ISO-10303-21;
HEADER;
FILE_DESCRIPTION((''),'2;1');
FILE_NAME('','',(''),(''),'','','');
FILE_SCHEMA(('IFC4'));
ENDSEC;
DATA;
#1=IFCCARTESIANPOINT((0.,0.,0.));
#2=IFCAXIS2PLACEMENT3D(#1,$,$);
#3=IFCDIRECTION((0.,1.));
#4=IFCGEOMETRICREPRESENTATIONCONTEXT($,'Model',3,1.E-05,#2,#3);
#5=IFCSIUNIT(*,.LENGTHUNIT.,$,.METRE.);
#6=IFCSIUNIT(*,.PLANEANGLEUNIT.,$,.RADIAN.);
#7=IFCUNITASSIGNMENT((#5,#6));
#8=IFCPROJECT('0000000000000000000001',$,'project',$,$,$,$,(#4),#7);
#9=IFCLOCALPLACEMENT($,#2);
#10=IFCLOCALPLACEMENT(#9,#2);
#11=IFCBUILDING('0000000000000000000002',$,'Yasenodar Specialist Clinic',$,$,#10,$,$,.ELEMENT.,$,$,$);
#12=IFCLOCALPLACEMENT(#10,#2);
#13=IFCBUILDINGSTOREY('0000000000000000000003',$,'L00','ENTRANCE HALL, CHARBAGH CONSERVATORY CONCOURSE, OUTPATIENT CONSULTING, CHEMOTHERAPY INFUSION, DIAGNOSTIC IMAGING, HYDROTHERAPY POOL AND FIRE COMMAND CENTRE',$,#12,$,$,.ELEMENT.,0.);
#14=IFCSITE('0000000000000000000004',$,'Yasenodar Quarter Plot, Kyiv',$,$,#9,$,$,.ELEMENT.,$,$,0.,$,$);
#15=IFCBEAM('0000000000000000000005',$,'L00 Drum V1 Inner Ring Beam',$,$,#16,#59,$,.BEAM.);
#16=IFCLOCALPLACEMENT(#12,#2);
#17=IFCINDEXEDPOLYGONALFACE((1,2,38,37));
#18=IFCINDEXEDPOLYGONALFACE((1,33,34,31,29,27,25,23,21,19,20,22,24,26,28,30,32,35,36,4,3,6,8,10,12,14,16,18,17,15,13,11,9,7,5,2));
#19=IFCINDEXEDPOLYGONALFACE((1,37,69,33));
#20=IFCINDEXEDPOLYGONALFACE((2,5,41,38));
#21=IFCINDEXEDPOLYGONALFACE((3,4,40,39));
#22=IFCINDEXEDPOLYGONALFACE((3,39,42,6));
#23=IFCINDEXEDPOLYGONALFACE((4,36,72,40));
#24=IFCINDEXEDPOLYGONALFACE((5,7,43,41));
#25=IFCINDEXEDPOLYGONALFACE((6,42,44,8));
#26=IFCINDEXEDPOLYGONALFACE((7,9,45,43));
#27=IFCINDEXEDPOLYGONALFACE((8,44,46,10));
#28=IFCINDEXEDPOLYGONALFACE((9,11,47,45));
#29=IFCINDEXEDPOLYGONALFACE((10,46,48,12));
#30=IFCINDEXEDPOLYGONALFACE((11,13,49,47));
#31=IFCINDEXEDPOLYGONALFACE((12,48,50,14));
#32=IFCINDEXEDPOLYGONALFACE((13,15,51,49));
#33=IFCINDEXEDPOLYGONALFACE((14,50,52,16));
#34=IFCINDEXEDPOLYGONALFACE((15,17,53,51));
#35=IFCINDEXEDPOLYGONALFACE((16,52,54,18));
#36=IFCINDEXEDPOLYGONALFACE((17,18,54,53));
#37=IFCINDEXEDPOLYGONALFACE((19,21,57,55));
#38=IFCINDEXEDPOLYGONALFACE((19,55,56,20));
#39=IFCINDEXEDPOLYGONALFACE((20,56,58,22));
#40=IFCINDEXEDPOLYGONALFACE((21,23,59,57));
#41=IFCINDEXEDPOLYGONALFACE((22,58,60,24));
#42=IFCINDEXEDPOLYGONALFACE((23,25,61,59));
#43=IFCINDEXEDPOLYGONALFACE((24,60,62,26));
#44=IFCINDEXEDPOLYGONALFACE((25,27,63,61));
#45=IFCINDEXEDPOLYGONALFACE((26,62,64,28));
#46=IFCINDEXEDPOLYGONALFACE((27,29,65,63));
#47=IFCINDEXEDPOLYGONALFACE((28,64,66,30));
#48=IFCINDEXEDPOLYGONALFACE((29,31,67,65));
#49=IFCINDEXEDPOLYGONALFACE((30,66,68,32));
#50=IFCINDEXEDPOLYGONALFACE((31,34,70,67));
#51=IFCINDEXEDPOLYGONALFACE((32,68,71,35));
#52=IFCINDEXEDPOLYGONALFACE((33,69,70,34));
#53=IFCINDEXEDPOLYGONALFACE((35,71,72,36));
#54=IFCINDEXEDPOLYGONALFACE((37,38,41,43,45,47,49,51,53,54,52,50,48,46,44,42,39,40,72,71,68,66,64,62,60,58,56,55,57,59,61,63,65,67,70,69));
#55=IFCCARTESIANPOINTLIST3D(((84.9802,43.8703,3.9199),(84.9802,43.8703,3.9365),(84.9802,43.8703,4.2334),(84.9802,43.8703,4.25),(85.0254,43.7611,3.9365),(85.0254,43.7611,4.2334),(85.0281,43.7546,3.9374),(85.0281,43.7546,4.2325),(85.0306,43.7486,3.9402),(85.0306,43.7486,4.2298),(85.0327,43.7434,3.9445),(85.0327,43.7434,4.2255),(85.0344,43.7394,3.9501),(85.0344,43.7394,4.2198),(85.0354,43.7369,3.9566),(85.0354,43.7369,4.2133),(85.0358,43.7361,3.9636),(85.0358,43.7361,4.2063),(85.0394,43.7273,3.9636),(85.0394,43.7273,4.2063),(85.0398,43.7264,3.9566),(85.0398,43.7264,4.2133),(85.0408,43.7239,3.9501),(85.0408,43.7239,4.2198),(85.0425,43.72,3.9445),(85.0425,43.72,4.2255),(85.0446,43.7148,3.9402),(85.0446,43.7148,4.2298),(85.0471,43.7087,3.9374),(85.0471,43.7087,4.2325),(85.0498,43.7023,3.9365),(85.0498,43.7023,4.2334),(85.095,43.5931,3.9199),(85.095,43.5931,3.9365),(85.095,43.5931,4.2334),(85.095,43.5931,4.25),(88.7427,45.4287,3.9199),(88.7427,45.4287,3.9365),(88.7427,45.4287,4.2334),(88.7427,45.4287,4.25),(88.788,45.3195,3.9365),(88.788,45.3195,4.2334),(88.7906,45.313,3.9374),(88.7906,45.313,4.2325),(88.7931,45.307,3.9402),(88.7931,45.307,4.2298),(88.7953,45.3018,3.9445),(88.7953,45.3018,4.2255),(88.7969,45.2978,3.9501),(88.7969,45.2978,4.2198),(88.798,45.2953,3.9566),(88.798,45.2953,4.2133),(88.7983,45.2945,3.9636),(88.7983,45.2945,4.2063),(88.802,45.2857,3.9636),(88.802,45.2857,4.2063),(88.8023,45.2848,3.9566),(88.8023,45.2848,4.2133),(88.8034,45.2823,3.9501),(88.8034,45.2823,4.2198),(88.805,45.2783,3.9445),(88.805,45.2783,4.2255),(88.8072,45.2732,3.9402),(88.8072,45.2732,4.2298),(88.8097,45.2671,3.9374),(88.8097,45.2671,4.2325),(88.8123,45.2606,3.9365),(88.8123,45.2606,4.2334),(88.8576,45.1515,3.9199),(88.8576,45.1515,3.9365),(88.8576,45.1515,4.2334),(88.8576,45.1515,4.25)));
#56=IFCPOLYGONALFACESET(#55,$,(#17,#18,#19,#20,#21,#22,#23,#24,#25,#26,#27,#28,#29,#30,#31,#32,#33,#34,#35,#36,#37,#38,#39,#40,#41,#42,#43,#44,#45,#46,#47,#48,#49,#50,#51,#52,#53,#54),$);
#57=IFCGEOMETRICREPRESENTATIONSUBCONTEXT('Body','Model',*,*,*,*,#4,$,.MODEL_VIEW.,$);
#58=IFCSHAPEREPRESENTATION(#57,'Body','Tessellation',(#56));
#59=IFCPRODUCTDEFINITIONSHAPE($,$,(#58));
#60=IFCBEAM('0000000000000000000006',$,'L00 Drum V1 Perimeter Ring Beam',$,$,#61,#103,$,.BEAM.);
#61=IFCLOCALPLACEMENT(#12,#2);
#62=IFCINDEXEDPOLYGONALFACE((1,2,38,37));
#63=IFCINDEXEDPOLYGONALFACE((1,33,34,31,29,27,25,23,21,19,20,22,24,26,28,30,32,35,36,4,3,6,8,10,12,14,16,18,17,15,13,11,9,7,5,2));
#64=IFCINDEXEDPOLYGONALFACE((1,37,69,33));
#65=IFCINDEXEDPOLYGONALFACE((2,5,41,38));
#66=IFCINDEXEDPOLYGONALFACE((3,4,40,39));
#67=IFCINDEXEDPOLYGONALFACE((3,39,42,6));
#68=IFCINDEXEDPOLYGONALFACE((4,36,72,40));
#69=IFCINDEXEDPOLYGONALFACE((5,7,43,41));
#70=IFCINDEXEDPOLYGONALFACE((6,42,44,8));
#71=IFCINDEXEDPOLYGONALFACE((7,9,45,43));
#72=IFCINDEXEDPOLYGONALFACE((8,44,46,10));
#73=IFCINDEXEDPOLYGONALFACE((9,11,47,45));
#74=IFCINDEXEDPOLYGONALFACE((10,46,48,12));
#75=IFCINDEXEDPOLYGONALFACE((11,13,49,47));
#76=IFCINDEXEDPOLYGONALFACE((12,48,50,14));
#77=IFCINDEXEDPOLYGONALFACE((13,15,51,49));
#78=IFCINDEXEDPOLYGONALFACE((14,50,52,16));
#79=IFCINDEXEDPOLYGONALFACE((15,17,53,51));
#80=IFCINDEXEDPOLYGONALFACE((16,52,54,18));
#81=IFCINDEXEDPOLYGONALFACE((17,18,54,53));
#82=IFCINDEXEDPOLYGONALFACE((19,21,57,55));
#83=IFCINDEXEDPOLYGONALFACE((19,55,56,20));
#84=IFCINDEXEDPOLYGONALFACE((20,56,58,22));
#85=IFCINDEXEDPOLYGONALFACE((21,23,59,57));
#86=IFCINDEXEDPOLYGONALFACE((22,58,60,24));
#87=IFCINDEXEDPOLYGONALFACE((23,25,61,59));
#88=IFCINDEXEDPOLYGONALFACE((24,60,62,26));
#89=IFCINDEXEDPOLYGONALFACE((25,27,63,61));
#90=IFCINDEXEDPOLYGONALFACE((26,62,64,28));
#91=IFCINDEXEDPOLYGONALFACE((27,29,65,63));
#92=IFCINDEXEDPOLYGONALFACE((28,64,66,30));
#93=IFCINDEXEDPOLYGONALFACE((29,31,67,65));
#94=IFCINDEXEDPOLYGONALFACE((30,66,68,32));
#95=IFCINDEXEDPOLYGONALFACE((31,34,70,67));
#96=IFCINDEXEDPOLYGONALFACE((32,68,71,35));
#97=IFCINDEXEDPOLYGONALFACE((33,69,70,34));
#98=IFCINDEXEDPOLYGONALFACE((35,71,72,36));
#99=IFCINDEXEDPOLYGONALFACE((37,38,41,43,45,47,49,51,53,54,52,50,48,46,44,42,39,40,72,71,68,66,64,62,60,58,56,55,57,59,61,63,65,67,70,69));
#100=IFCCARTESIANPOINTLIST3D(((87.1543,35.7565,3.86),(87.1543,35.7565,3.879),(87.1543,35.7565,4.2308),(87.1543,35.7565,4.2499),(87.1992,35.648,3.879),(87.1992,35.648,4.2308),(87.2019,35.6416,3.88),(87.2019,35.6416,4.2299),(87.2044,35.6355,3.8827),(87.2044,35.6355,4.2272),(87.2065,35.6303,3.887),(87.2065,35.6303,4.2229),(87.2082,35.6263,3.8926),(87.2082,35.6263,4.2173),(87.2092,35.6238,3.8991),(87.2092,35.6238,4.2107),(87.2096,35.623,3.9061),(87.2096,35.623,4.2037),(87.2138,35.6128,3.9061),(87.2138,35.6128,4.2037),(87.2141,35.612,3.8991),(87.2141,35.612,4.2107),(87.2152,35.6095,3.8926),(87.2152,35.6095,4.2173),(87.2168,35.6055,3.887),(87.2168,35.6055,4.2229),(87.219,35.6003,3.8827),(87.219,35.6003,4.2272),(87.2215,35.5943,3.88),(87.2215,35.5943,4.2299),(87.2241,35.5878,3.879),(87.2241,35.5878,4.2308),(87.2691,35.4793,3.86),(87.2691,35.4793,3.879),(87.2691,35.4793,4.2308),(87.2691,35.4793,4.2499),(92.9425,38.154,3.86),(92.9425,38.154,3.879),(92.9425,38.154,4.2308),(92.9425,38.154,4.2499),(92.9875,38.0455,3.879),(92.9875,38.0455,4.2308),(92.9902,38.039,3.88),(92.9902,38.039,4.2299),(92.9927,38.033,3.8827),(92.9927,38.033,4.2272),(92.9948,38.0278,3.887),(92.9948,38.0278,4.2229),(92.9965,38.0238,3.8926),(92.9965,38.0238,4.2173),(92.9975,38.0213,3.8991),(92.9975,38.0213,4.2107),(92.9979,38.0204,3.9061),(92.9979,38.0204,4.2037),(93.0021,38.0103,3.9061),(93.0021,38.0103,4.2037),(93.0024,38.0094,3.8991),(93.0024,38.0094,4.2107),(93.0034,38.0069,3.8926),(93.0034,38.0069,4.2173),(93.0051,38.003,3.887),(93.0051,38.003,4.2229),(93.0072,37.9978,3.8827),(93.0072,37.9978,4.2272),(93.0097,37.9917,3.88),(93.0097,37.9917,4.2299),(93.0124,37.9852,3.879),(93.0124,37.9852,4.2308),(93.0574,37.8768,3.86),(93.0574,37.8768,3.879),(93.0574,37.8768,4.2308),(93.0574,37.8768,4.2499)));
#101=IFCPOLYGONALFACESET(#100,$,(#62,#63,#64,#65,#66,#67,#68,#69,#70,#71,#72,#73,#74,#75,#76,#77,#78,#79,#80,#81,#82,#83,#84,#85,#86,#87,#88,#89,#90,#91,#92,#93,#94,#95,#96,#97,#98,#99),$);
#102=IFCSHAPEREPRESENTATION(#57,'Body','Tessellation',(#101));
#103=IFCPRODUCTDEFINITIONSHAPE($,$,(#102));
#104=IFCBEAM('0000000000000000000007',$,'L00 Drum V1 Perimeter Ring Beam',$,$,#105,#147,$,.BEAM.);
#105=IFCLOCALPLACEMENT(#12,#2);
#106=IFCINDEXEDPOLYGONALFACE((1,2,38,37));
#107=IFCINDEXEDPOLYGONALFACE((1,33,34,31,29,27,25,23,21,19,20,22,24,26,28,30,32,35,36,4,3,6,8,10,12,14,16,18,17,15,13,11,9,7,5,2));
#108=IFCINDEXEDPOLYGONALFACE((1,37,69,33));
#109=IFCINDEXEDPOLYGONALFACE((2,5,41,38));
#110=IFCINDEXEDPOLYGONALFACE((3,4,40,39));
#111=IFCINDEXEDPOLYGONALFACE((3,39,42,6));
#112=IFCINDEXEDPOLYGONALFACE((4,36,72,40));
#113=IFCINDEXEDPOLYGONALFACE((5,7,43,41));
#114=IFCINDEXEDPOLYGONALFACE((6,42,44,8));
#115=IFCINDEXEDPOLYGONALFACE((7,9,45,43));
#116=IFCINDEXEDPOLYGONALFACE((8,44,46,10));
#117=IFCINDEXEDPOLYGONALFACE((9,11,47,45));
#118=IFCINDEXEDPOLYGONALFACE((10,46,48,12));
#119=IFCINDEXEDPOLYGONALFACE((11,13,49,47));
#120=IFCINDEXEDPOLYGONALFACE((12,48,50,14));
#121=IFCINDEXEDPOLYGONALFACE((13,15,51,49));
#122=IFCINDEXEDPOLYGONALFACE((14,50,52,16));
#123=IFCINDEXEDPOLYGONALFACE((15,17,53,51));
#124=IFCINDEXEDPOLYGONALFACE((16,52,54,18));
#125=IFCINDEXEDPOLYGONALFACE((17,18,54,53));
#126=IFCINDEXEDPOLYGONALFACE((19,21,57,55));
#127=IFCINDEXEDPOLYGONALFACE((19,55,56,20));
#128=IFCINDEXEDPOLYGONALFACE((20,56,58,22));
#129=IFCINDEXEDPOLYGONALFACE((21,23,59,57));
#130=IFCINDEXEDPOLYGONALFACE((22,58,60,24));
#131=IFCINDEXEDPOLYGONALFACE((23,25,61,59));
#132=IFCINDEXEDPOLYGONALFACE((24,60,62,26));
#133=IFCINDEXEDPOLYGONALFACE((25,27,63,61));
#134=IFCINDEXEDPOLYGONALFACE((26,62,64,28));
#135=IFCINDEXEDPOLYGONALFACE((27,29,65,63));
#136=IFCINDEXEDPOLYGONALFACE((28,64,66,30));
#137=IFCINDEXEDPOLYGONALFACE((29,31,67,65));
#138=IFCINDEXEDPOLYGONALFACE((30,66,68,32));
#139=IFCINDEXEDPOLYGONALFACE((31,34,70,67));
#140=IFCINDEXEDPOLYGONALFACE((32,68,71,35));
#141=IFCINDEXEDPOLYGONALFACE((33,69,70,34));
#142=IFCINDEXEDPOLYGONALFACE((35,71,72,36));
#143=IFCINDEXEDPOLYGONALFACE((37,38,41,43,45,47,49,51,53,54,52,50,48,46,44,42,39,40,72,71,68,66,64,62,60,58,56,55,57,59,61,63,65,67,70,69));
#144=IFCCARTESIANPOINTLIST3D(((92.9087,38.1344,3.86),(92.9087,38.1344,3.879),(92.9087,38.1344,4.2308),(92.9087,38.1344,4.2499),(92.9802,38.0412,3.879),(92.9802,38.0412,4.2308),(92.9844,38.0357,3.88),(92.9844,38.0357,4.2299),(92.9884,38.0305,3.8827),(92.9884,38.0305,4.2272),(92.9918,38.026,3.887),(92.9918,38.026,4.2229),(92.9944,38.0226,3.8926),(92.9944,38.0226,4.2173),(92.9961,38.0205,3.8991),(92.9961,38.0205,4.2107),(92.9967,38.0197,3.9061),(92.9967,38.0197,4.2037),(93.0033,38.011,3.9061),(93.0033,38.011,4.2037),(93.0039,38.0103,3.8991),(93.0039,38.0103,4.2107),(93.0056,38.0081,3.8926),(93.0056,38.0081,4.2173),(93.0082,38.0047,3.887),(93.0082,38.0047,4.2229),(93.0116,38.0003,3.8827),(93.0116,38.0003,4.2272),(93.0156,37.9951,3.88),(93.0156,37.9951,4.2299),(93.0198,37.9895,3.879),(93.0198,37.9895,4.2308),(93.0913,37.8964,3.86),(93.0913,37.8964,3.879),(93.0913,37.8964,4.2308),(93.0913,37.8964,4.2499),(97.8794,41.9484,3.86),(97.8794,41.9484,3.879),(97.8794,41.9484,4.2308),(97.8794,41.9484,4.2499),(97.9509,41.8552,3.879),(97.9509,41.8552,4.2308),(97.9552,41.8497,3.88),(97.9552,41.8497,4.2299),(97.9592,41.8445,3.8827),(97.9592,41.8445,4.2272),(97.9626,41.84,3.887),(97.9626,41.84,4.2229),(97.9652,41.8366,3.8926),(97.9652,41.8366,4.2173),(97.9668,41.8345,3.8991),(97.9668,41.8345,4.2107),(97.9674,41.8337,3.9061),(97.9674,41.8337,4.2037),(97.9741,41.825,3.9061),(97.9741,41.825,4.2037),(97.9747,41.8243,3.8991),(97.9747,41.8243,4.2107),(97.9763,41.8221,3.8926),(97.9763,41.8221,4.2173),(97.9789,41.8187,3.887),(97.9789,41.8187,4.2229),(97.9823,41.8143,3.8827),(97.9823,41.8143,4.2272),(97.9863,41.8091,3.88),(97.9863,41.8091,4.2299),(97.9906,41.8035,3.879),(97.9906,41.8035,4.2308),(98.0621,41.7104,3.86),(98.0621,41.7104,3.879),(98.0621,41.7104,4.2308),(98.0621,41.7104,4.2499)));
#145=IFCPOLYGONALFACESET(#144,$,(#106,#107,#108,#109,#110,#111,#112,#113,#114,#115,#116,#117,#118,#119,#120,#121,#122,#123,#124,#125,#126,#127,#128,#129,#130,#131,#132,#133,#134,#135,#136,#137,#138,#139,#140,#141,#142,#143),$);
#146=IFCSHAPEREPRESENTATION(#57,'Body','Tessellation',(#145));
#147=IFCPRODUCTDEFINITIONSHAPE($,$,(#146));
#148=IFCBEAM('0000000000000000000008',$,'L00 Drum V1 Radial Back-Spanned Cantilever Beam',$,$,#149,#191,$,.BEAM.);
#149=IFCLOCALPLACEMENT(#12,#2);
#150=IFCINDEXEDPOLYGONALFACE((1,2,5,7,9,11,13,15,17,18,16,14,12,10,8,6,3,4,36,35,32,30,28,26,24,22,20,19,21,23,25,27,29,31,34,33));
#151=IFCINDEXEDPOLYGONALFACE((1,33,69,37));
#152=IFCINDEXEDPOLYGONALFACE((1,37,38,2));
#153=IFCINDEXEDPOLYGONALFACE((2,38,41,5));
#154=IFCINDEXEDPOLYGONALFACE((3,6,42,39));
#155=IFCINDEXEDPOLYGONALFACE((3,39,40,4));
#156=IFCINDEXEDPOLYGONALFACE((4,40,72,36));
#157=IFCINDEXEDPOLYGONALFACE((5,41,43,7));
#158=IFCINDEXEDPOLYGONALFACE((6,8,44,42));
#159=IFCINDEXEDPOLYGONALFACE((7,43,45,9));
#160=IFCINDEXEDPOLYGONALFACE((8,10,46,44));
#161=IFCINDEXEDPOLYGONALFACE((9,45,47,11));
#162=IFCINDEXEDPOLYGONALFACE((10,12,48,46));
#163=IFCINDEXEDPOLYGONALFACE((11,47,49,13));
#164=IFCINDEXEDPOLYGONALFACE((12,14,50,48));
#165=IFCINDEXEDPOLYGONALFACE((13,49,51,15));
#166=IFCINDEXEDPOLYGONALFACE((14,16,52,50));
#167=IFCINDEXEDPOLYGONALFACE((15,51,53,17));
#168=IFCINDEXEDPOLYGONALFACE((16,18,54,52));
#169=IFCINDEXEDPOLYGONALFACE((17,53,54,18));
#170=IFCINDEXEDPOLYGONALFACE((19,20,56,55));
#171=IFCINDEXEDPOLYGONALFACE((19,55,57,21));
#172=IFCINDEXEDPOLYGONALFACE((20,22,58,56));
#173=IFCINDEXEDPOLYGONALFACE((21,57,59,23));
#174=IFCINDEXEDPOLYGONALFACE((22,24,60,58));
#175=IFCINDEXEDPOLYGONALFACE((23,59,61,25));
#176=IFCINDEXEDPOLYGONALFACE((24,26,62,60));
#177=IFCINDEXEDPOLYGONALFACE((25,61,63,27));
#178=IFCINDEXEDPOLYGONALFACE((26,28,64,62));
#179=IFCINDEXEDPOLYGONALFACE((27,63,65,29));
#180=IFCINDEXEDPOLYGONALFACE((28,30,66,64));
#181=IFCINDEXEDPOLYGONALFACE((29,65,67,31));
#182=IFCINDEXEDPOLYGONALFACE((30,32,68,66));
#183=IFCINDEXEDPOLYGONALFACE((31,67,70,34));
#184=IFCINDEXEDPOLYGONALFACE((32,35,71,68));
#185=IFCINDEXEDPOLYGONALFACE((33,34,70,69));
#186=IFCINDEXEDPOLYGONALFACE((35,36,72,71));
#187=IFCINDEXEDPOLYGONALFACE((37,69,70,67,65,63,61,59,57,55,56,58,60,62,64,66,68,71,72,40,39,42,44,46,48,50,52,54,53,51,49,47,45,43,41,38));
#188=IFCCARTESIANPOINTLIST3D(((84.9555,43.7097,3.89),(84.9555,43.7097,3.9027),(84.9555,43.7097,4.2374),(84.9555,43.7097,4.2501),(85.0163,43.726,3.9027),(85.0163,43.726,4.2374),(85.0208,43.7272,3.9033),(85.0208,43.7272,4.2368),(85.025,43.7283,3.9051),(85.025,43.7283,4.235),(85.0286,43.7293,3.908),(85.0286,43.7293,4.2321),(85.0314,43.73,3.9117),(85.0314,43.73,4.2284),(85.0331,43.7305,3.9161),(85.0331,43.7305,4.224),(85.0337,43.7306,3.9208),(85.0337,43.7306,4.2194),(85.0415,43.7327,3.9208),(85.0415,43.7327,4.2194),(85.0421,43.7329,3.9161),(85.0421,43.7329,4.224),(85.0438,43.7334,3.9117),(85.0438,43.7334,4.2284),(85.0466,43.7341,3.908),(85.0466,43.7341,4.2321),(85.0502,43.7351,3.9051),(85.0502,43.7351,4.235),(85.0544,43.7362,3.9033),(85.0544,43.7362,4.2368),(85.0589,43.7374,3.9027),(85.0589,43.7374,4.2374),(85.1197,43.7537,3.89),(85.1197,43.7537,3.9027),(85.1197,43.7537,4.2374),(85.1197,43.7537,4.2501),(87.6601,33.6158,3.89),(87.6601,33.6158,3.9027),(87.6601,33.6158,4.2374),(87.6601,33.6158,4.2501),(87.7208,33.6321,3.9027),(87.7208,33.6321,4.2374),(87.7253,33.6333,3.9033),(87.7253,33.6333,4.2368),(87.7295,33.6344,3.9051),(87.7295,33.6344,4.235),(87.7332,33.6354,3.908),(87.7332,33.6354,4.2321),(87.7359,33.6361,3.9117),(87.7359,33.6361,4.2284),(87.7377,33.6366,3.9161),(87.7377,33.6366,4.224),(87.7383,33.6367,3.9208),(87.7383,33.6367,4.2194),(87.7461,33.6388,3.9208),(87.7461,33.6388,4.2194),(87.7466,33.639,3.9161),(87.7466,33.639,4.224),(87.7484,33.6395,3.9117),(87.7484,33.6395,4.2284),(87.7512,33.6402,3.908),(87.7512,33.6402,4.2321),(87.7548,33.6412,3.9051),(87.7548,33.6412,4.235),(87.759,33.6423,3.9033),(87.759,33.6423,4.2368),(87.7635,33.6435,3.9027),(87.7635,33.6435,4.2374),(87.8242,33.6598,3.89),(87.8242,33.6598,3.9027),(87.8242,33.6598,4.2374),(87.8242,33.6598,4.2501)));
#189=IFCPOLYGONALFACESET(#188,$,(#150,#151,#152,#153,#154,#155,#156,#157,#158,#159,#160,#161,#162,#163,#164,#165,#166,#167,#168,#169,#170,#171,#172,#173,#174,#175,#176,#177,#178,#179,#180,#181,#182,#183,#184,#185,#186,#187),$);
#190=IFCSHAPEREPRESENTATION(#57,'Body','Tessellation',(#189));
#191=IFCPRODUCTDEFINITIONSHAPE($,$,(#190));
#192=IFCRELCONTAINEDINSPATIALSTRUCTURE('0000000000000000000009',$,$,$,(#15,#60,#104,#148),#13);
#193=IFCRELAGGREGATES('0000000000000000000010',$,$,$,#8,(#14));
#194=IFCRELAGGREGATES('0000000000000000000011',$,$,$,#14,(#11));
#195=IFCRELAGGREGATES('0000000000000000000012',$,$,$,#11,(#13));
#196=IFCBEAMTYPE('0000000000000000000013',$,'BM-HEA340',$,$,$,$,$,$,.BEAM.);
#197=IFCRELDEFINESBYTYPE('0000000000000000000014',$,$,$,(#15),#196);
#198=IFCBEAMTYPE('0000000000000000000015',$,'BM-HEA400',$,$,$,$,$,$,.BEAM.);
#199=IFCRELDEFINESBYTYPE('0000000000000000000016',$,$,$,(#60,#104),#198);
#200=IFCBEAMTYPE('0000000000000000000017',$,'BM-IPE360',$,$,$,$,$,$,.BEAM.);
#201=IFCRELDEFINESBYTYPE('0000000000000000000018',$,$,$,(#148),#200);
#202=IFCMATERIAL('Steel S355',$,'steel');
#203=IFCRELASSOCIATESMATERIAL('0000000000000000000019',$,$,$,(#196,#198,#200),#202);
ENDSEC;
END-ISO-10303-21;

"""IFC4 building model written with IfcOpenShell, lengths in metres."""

from ifc_helpers import new_model, si_unit, direction, frame, origin, origin_2d, place, context, subcontext, project, spatial, i_section, extrude, material, material_profile, profile_set, type_object, element, save


model = new_model("IFC4")

# Units and contexts
model_context = context("Model", 3, precision=1e-05, world=origin(), true_north=direction((0.0, 1.0)))
body_context = subcontext(model_context, "Body", "Model", "MODEL_VIEW")
ifc_project = project(units=[si_unit("LENGTHUNIT", "METRE"), si_unit("PLANEANGLEUNIT", "RADIAN")], contexts=[model_context])

# Site, building, storey
site_placement = place(None, origin())
site = spatial("IfcSite", under=ifc_project, at=site_placement, Name="Yasenodar Quarter Plot, Kyiv", CompositionType="ELEMENT", RefElevation=0.0)
building_placement = place(site_placement, origin())
building = spatial("IfcBuilding", under=site, at=building_placement, Name="Yasenodar Specialist Clinic", CompositionType="ELEMENT")
storey_placement = place(building_placement, origin())
storey = spatial("IfcBuildingStorey", under=building, at=storey_placement, Name="L00", Description="ENTRANCE HALL, CHARBAGH CONSERVATORY CONCOURSE, OUTPATIENT CONSULTING, CHEMOTHERAPY INFUSION, DIAGNOSTIC IMAGING, HYDROTHERAPY POOL AND FIRE COMMAND CENTRE", CompositionType="ELEMENT", Elevation=0.0)

# Shared definitions
ifc_material_1 = material(Name="Steel S355", Category="steel")

# Beams
ifc_material_profile_1 = material_profile(ifc_material_1, i_section(OverallWidth=0.3, OverallDepth=0.3301, WebThickness=0.0095, FlangeThickness=0.0166, FilletRadius=0.0271, at=origin_2d()), Name="HEA 340")
ifc_profile_set_1 = profile_set([ifc_material_profile_1], Name="Steel S355")
beam_type_1 = type_object("IfcBeamType", Name="BM-HEA340", PredefinedType="BEAM", material=ifc_profile_set_1)
beam_1_placement = place(storey_placement, frame((85.0376, 43.7317, 4.085), z_axis=(0.923889, 0.382661, 0.0), x_axis=(-0.382661, 0.923889, 0.0)))
element("IfcBeam", 1, at=beam_1_placement, inside=storey, type_object=beam_type_1, Name="L00 Drum V1 Inner Ring Beam", PredefinedType="BEAM", context=body_context, shape_type="SweptSolid", body=[
    extrude(i_section(OverallWidth=0.3, OverallDepth=0.3301, WebThickness=0.0095, FlangeThickness=0.0166, FilletRadius=0.0271, at=origin_2d()), origin(), (0.0, 0.0, 1.0), 4.0725),
])
ifc_material_profile_2 = material_profile(ifc_material_1, i_section(OverallWidth=0.3, OverallDepth=0.3899, WebThickness=0.011, FlangeThickness=0.019, FilletRadius=0.0271, at=origin_2d()), Name="HEA 400")
ifc_profile_set_2 = profile_set([ifc_material_profile_2], Name="Steel S355")
beam_type_2 = type_object("IfcBeamType", Name="BM-HEA400", PredefinedType="BEAM", material=ifc_profile_set_2)
beam_2_placement = place(storey_placement, frame((87.2117, 35.6179, 4.0549), z_axis=(0.923888, 0.382664, 0.0), x_axis=(-0.382664, 0.923888, 0.0)))
element("IfcBeam", 2, at=beam_2_placement, inside=storey, type_object=beam_type_2, Name="L00 Drum V1 Perimeter Ring Beam", PredefinedType="BEAM", context=body_context, shape_type="SweptSolid", body=[
    extrude(i_section(OverallWidth=0.3, OverallDepth=0.3899, WebThickness=0.011, FlangeThickness=0.019, FilletRadius=0.0271, at=origin_2d()), origin(), (0.0, 0.0, 1.0), 6.2651),
])
beam_3_placement = place(storey_placement, frame((93.0, 38.0154, 4.0549), z_axis=(0.793368, 0.608742, 0.0), x_axis=(-0.608742, 0.793368, 0.0)))
element("IfcBeam", 3, at=beam_3_placement, inside=storey, type_object=beam_type_2, Name="L00 Drum V1 Perimeter Ring Beam", PredefinedType="BEAM", context=body_context, shape_type="SweptSolid", body=[
    extrude(i_section(OverallWidth=0.3, OverallDepth=0.3899, WebThickness=0.011, FlangeThickness=0.019, FilletRadius=0.0271, at=origin_2d()), origin(), (0.0, 0.0, 1.0), 6.2654),
])
ifc_material_profile_3 = material_profile(ifc_material_1, i_section(OverallWidth=0.1699, OverallDepth=0.3601, WebThickness=0.0081, FlangeThickness=0.0127, FilletRadius=0.0181, at=origin_2d()), Name="IPE 360")
ifc_profile_set_3 = profile_set([ifc_material_profile_3], Name="Steel S355")
beam_type_3 = type_object("IfcBeamType", Name="BM-IPE360", PredefinedType="BEAM", material=ifc_profile_set_3)
beam_4_placement = place(storey_placement, frame((85.0376, 43.7317, 4.0701), z_axis=(0.258811, -0.965928, 0.0), x_axis=(0.965928, 0.258811, 0.0)))
element("IfcBeam", 4, at=beam_4_placement, inside=storey, type_object=beam_type_3, Name="L00 Drum V1 Radial Back-Spanned Cantilever Beam", PredefinedType="BEAM", context=body_context, shape_type="SweptSolid", body=[
    extrude(i_section(OverallWidth=0.1699, OverallDepth=0.3601, WebThickness=0.0081, FlangeThickness=0.0127, FilletRadius=0.0181, at=origin_2d()), origin(), (0.0, 0.0, 1.0), 10.45),
])

save(model, "model.ifc")
